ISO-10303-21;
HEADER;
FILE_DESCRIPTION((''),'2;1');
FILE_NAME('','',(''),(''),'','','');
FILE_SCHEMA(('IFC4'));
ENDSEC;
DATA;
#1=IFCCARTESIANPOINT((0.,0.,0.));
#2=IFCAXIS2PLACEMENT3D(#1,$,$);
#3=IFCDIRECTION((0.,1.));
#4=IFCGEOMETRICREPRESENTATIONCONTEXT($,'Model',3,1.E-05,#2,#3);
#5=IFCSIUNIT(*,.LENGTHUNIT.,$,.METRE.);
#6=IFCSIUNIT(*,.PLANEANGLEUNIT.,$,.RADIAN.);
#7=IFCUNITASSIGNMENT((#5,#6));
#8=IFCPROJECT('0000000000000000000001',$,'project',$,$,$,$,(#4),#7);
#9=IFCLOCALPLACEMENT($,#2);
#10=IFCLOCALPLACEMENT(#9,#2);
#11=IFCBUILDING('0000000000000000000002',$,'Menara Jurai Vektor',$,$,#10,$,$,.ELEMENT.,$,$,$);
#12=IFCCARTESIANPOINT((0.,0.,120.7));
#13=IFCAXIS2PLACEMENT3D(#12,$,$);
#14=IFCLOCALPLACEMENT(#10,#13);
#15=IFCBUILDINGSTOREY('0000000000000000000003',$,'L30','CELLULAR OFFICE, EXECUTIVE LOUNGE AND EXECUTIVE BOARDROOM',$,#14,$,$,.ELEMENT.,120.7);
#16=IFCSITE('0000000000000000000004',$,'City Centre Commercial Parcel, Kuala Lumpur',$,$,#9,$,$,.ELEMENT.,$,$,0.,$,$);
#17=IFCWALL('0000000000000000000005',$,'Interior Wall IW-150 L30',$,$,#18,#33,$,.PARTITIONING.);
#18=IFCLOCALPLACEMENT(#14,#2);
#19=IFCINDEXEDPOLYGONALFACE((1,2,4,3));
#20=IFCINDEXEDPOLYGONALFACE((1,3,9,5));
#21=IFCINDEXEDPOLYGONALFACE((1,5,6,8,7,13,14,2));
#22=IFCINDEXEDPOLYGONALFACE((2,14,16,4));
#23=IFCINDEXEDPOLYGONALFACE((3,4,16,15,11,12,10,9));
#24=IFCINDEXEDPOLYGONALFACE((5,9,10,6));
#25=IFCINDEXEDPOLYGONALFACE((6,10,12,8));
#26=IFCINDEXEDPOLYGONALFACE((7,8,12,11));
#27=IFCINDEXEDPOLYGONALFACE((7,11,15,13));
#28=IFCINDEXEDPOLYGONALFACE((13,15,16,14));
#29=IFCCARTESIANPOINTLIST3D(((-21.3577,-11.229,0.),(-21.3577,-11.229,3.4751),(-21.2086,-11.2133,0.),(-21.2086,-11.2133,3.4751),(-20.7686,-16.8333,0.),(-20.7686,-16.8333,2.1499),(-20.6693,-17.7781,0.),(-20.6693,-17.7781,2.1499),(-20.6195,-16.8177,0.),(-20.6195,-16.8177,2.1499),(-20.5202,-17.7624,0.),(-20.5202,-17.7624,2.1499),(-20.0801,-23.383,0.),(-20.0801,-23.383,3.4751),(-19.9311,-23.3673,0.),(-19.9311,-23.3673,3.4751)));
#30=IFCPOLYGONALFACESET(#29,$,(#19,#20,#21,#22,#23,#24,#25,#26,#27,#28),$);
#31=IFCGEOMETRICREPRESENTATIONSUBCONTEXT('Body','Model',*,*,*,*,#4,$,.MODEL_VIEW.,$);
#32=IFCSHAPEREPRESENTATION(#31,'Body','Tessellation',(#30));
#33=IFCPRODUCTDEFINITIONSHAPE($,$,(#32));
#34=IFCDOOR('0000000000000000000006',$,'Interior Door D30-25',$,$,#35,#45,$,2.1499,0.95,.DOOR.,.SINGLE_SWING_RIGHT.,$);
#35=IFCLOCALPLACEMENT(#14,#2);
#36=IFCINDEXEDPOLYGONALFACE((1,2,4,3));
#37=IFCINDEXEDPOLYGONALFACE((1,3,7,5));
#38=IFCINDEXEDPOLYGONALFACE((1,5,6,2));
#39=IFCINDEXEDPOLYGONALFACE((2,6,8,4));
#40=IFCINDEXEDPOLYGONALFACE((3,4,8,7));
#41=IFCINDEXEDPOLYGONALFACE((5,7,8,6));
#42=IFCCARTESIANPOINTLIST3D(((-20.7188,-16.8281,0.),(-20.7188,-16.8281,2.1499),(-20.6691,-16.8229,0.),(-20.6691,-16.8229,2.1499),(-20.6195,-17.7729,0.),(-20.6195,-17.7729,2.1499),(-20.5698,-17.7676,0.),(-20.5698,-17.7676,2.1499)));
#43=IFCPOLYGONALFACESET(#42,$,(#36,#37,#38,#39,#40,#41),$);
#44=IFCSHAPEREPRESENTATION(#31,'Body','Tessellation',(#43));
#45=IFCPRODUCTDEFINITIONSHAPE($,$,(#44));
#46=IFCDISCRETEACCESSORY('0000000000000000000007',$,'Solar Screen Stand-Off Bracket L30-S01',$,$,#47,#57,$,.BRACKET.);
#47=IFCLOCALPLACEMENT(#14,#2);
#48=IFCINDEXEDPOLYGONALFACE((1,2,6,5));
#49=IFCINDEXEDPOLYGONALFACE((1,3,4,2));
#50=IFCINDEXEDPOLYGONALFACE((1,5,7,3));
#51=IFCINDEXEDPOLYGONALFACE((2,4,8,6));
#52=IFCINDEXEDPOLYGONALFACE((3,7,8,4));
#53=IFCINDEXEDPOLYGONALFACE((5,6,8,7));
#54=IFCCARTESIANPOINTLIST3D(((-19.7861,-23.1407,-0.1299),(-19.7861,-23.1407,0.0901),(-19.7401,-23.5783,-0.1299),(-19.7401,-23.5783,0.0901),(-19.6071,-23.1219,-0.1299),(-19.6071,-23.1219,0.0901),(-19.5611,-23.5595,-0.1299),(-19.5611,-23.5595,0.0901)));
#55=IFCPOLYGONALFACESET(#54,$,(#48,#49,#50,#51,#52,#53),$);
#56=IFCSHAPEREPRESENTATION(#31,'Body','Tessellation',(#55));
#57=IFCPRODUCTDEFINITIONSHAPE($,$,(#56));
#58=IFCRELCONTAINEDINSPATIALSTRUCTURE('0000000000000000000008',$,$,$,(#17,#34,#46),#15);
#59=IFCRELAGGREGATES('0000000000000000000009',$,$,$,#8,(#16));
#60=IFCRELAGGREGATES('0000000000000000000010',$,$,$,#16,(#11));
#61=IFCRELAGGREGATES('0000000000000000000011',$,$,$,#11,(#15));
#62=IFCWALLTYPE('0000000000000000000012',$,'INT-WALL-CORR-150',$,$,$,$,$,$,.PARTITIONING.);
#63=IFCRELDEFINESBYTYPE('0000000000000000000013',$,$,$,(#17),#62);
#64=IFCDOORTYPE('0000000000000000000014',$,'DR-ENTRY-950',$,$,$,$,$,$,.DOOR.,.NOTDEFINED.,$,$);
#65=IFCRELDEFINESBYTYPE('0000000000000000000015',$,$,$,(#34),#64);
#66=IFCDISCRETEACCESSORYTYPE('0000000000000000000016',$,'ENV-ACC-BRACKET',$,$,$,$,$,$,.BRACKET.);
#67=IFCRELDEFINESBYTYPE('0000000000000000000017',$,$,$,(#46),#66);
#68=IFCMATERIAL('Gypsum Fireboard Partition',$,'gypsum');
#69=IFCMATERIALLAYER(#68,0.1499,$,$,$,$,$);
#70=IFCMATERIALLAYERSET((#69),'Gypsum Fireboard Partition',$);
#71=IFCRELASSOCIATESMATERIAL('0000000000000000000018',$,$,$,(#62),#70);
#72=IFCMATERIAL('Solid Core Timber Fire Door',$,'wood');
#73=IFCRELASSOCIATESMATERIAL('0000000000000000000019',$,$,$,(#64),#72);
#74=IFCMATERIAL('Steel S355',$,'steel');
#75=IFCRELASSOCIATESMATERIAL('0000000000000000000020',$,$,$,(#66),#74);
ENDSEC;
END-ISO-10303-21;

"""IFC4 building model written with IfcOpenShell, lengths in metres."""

from ifc_helpers import new_model, si_unit, direction, frame, frame_2d, origin, origin_2d, place, context, subcontext, project, spatial, rectangle, extrude, material, layer, layer_set, type_object, element, fill, save


model = new_model("IFC4")

# Units and contexts
model_context = context("Model", 3, precision=1e-05, world=origin(), true_north=direction((0.0, 1.0)))
body_context = subcontext(model_context, "Body", "Model", "MODEL_VIEW")
ifc_project = project(units=[si_unit("LENGTHUNIT", "METRE"), si_unit("PLANEANGLEUNIT", "RADIAN")], contexts=[model_context])

# Site, building, storey
site_placement = place(None, origin())
site = spatial("IfcSite", under=ifc_project, at=site_placement, Name="City Centre Commercial Parcel, Kuala Lumpur", CompositionType="ELEMENT", RefElevation=0.0)
building_placement = place(site_placement, origin())
building = spatial("IfcBuilding", under=site, at=building_placement, Name="Menara Jurai Vektor", CompositionType="ELEMENT")
storey_placement = place(building_placement, frame((0.0, 0.0, 120.7)))
storey = spatial("IfcBuildingStorey", under=building, at=storey_placement, Name="L30", Description="CELLULAR OFFICE, EXECUTIVE LOUNGE AND EXECUTIVE BOARDROOM", CompositionType="ELEMENT", Elevation=120.7)

# Shared definitions
ifc_material_1 = material(Name="Steel S355", Category="steel")

# Wall, opening, door
ifc_material_2 = material(Name="Gypsum Fireboard Partition", Category="gypsum")
ifc_layer_1 = layer(ifc_material_2, 0.1499)
ifc_layer_set_1 = layer_set([ifc_layer_1], Name="Gypsum Fireboard Partition")
wall_type = type_object("IfcWallType", Name="INT-WALL-CORR-150", PredefinedType="PARTITIONING", material=ifc_layer_set_1)
wall_placement = place(storey_placement, frame((-20.0056, -23.375, 0.0), z_axis=(0.0, 0.0, 1.0), x_axis=(-0.10454, 0.994521, 0.0)))
wall = element("IfcWall", 1, at=wall_placement, inside=storey, type_object=wall_type, Name="Interior Wall IW-150 L30", PredefinedType="PARTITIONING", context=body_context, shape_type="SweptSolid", body=[
    extrude(rectangle(XDim=12.2209, YDim=0.1499, at=frame_2d((6.1104, 0.0))), origin(), (0.0, 0.0, 1.0), 3.4751),
])
opening_placement = place(wall_placement, frame((5.6355, 0.0, 0.0)))
opening = element("IfcOpeningElement", 2, at=opening_placement, cuts=wall, PredefinedType="OPENING", context=body_context, shape_type="SweptSolid", body=[
    extrude(rectangle(XDim=0.95, YDim=2.1499, at=frame_2d((0.4751, 1.075))), frame((0.0, 0.085, 0.0), z_axis=(0.0, -1.0, 0.0), x_axis=(1.0, 0.0, 0.0)), (0.0, 0.0, 1.0), 0.1699),
])
ifc_material_3 = material(Name="Solid Core Timber Fire Door", Category="wood")
door_type = type_object("IfcDoorType", Name="DR-ENTRY-950", OperationType="NOTDEFINED", PredefinedType="DOOR", material=ifc_material_3)
door_placement = place(opening_placement, origin())
door = element("IfcDoor", 3, at=door_placement, inside=storey, type_object=door_type, Name="Interior Door D30-25", OperationType="SINGLE_SWING_RIGHT", OverallHeight=2.1499, OverallWidth=0.95, PredefinedType="DOOR", context=body_context, shape_type="SweptSolid", body=[
    extrude(rectangle(XDim=0.95, YDim=2.1499, at=frame_2d((0.4751, 1.075))), frame((0.0, 0.0249, 0.0), z_axis=(0.0, -1.0, 0.0), x_axis=(1.0, 0.0, 0.0)), (0.0, 0.0, 1.0), 0.05),
])
fill(opening, door)

# Discrete accessory
discrete_accessory_type = type_object("IfcDiscreteAccessoryType", Name="ENV-ACC-BRACKET", PredefinedType="BRACKET", material=ifc_material_1)
discrete_accessory_placement = place(storey_placement, frame((-19.6736, -23.3501, -0.1299), z_axis=(0.0, 0.0, 1.0), x_axis=(0.994522, 0.104528, 0.0)))
element("IfcDiscreteAccessory", 4, at=discrete_accessory_placement, inside=storey, type_object=discrete_accessory_type, Name="Solar Screen Stand-Off Bracket L30-S01", PredefinedType="BRACKET", context=body_context, shape_type="SweptSolid", body=[
    extrude(rectangle(XDim=0.1799, YDim=0.4399, at=origin_2d()), origin(), (0.0, 0.0, 1.0), 0.22),
])

save(model, "model.ifc")
